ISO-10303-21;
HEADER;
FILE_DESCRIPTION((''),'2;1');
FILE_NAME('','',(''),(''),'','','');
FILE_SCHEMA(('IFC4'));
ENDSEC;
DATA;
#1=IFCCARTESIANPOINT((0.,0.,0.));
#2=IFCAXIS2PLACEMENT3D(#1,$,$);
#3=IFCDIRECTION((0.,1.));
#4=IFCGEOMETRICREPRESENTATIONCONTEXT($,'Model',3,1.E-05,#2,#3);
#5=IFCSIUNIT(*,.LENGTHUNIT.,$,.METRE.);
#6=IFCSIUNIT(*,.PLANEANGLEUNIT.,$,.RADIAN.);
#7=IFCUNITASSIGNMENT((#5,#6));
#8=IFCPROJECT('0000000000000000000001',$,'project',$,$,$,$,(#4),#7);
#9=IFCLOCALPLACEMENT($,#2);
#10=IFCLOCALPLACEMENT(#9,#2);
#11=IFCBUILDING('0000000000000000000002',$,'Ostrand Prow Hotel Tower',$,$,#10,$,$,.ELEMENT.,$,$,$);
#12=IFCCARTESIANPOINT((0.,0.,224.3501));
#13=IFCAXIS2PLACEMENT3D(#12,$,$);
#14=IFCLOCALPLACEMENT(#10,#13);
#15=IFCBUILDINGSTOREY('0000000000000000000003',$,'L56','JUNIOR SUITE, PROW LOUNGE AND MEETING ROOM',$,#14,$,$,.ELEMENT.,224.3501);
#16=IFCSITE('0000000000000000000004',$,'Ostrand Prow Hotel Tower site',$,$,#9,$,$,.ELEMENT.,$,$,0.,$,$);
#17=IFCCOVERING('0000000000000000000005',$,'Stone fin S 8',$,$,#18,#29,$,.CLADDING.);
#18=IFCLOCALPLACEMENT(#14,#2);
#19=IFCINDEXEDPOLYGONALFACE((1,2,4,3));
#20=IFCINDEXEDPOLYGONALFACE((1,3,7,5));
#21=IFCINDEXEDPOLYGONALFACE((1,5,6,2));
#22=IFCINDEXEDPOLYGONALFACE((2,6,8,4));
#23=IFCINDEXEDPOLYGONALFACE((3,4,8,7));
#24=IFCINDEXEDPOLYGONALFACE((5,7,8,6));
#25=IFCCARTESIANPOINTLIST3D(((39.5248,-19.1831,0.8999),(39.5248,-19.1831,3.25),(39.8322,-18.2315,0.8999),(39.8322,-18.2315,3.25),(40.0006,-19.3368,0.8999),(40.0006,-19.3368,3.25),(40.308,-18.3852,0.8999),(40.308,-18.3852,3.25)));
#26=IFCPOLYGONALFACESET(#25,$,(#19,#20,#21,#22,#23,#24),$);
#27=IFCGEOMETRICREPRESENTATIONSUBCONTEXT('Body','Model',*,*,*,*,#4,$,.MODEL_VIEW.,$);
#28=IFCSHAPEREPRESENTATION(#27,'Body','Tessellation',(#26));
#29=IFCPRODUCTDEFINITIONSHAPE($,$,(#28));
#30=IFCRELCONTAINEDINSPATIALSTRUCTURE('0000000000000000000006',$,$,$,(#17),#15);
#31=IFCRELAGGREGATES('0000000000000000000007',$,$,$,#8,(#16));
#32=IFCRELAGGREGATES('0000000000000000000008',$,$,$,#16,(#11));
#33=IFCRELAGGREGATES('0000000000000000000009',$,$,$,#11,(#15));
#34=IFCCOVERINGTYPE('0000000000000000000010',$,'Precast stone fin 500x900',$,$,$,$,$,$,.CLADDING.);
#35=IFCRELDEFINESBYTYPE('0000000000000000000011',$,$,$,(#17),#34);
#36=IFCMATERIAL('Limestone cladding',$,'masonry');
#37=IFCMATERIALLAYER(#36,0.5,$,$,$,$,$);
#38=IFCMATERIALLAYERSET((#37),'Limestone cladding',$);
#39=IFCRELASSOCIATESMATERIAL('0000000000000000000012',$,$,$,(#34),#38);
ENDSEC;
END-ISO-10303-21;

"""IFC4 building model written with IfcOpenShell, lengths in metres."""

from ifc_helpers import new_model, si_unit, direction, frame, frame_2d, origin, place, context, subcontext, project, spatial, rectangle, extrude, material, layer, layer_set, type_object, element, save


model = new_model("IFC4")

# Units and contexts
model_context = context("Model", 3, precision=1e-05, world=origin(), true_north=direction((0.0, 1.0)))
body_context = subcontext(model_context, "Body", "Model", "MODEL_VIEW")
ifc_project = project(units=[si_unit("LENGTHUNIT", "METRE"), si_unit("PLANEANGLEUNIT", "RADIAN")], contexts=[model_context])

# Site, building, storey
site_placement = place(None, origin())
site = spatial("IfcSite", under=ifc_project, at=site_placement, Name="Ostrand Prow Hotel Tower site", CompositionType="ELEMENT", RefElevation=0.0)
building_placement = place(site_placement, origin())
building = spatial("IfcBuilding", under=site, at=building_placement, Name="Ostrand Prow Hotel Tower", CompositionType="ELEMENT")
storey_placement = place(building_placement, frame((0.0, 0.0, 224.3501)))
storey = spatial("IfcBuildingStorey", under=building, at=storey_placement, Name="L56", Description="JUNIOR SUITE, PROW LOUNGE AND MEETING ROOM", CompositionType="ELEMENT", Elevation=224.3501)

# Covering
ifc_material_1 = material(Name="Limestone cladding", Category="masonry")
ifc_layer_1 = layer(ifc_material_1, 0.5)
ifc_layer_set_1 = layer_set([ifc_layer_1], Name="Limestone cladding")
covering_type = type_object("IfcCoveringType", Name="Precast stone fin 500x900", PredefinedType="CLADDING", material=ifc_layer_set_1)
covering_placement = place(storey_placement, frame((40.0701, -18.3083, 0.8999), z_axis=(0.0, 0.0, 1.0), x_axis=(-0.307352, -0.951596, 0.0)))
element("IfcCovering", 1, at=covering_placement, inside=storey, type_object=covering_type, Name="Stone fin S 8", PredefinedType="CLADDING", context=body_context, shape_type="SweptSolid", body=[
    extrude(rectangle(XDim=1.0, YDim=0.5, at=frame_2d((0.5, 0.0))), origin(), (0.0, 0.0, 1.0), 2.3501),
])

save(model, "model.ifc")
